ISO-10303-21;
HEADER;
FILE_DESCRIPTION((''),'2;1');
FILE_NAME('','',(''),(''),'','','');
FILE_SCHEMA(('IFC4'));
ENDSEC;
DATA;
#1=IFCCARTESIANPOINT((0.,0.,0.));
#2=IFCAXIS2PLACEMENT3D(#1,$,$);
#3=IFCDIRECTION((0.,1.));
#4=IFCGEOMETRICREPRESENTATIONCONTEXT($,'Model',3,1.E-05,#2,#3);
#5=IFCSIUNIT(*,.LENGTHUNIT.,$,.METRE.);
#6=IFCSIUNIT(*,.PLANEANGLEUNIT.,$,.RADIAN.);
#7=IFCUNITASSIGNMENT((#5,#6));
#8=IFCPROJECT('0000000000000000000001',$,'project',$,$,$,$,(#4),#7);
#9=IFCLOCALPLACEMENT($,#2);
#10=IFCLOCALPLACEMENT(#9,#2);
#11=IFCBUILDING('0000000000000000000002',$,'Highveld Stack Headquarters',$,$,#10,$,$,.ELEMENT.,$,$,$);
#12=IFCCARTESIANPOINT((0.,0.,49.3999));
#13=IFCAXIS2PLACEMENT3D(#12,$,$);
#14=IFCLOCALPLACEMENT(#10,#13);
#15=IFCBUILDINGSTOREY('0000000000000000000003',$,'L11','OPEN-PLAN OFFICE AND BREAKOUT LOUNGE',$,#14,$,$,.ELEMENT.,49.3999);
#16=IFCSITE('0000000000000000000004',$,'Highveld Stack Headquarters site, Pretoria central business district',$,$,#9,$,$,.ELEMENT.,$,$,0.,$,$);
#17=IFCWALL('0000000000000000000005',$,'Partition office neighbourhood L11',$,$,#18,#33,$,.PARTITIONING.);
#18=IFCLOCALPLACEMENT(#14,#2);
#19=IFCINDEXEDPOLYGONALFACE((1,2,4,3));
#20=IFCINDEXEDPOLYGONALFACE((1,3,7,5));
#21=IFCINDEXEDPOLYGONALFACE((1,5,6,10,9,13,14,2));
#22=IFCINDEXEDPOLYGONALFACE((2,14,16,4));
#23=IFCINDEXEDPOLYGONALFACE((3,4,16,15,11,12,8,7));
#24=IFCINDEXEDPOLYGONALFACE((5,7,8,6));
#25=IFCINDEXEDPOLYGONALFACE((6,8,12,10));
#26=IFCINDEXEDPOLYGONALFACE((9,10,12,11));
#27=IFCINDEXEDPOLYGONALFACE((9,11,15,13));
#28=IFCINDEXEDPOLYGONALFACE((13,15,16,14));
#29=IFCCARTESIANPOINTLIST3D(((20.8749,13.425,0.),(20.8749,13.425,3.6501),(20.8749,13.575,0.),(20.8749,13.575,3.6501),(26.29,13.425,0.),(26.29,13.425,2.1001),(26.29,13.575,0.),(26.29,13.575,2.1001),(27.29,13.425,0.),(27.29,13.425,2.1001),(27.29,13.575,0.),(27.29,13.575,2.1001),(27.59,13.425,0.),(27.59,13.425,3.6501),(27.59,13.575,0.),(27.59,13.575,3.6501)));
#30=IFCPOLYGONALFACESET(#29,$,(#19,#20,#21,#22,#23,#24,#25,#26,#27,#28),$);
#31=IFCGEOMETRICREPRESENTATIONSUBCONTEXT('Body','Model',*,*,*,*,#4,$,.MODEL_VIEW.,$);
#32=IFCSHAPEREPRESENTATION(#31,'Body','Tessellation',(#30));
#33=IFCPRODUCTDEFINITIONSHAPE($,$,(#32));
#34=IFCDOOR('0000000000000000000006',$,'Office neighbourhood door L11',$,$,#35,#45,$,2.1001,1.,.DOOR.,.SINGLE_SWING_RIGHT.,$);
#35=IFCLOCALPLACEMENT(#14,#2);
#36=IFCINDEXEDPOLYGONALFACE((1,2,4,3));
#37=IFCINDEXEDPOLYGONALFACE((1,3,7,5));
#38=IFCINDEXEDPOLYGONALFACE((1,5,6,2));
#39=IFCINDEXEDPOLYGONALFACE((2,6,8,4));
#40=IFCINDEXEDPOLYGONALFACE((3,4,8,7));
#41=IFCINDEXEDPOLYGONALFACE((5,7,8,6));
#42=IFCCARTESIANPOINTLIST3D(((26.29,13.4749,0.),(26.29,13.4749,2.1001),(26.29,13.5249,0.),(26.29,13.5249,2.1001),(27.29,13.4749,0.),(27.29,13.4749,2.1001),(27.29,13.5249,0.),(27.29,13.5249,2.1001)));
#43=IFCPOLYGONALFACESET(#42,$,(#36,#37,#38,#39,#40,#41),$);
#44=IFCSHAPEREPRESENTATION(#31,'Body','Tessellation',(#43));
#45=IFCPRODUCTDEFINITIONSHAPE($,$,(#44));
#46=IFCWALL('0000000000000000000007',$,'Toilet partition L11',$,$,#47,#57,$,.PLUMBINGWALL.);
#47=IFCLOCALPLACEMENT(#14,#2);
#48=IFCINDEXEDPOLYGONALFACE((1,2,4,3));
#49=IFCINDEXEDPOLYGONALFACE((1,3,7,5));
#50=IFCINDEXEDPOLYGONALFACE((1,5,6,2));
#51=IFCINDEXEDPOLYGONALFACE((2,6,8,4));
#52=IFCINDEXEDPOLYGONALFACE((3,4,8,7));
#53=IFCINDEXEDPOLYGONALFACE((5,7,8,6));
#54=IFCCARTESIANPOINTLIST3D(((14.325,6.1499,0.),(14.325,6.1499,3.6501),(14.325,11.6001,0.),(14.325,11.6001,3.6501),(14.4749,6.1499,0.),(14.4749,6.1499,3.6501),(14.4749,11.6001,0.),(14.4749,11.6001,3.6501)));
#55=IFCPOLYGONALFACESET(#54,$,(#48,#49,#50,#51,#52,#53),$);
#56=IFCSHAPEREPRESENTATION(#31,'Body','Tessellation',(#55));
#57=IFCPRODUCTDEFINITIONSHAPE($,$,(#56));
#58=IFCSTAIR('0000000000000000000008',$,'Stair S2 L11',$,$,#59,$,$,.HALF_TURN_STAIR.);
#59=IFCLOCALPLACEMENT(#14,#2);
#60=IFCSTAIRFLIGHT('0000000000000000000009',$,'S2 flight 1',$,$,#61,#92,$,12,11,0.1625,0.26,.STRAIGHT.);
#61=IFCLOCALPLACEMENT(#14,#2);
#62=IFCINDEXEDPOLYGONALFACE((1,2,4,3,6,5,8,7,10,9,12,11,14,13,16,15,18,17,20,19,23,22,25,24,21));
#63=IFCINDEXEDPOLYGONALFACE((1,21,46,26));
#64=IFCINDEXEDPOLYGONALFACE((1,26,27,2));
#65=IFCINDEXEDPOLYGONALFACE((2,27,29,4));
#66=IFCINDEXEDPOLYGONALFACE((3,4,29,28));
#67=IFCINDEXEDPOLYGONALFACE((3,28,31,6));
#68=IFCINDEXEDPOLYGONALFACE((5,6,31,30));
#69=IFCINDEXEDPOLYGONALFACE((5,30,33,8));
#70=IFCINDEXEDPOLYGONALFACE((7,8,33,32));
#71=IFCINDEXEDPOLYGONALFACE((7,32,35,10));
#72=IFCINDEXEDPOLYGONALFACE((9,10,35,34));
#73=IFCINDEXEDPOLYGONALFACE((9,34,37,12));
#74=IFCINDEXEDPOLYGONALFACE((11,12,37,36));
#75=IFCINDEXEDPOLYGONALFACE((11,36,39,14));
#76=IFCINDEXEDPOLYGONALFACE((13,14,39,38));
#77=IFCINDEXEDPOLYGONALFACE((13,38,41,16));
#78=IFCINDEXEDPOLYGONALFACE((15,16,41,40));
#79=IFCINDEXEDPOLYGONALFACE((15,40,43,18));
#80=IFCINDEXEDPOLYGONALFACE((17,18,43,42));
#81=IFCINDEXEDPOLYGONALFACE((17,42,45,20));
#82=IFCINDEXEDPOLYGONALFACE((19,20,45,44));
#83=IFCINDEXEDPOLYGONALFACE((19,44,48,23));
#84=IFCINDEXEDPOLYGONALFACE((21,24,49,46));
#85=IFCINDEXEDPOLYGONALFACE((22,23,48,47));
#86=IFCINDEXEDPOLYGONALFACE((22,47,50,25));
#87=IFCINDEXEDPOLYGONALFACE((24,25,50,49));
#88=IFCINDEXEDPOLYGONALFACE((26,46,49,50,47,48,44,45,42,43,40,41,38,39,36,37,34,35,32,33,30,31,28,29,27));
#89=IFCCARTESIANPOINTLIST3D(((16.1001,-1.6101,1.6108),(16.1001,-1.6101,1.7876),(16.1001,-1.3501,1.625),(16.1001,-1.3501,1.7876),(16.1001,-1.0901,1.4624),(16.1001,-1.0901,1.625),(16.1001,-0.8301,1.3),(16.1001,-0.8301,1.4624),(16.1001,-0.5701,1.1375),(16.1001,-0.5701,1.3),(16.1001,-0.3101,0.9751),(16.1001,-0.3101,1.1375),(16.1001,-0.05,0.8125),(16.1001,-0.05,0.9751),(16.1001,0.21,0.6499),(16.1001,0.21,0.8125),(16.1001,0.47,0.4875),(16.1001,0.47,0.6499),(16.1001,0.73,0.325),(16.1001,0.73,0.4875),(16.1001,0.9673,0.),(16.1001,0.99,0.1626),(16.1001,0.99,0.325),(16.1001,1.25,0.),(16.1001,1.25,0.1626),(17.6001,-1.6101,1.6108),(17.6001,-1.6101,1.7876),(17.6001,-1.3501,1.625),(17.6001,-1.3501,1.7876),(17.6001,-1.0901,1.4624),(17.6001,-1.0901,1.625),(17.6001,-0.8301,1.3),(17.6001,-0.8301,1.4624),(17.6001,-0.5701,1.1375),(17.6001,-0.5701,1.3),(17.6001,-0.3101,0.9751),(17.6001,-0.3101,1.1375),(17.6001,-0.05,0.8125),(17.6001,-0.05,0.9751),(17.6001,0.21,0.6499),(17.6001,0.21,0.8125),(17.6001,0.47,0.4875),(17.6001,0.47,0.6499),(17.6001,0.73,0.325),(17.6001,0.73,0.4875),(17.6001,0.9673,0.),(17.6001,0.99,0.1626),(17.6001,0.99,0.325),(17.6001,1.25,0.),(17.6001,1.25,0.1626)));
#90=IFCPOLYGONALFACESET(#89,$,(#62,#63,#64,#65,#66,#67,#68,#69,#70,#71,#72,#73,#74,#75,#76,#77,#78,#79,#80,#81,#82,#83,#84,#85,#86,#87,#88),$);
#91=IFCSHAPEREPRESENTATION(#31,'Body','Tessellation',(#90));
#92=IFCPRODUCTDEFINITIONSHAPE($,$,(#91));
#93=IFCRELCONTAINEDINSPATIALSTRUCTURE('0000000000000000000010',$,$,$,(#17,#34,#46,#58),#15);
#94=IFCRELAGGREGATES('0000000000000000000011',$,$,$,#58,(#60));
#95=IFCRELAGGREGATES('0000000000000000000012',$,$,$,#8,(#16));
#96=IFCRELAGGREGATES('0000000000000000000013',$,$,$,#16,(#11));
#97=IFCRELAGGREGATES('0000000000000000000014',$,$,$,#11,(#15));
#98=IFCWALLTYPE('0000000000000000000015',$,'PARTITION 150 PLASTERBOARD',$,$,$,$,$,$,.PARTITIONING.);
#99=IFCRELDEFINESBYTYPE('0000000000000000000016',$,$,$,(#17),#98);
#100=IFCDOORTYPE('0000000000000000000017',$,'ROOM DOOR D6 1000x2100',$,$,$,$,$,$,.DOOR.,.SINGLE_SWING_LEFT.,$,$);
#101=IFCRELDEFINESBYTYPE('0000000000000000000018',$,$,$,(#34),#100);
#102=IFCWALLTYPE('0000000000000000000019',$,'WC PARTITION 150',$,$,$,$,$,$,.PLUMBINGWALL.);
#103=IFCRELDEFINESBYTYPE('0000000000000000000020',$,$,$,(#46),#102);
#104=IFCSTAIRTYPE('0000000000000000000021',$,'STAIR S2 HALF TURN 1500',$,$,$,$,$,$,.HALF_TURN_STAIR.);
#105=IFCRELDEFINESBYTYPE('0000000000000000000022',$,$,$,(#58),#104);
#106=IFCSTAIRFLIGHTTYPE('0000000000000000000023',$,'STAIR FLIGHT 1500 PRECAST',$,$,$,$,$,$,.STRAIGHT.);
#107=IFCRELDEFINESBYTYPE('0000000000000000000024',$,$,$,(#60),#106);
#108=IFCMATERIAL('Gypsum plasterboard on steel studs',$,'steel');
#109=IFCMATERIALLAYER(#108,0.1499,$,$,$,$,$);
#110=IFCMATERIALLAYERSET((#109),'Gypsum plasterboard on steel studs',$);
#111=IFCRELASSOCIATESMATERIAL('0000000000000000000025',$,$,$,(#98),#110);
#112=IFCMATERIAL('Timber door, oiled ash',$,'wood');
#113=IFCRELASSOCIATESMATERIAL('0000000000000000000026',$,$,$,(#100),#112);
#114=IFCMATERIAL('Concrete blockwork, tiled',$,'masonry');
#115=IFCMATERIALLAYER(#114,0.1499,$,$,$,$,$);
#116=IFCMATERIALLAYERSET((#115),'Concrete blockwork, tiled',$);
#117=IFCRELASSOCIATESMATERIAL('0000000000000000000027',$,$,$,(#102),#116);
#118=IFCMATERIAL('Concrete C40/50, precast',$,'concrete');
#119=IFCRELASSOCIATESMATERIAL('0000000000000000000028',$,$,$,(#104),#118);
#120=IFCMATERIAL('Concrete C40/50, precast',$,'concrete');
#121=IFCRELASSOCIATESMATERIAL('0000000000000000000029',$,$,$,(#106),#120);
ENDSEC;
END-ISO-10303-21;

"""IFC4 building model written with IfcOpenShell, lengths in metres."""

from ifc_helpers import new_model, si_unit, direction, frame, frame_2d, origin, place, context, subcontext, project, spatial, polyline, rectangle, outline, extrude, material, layer, layer_set, type_object, element, fill, aggregate, save


model = new_model("IFC4")

# Units and contexts
model_context = context("Model", 3, precision=1e-05, world=origin(), true_north=direction((0.0, 1.0)))
body_context = subcontext(model_context, "Body", "Model", "MODEL_VIEW")
ifc_project = project(units=[si_unit("LENGTHUNIT", "METRE"), si_unit("PLANEANGLEUNIT", "RADIAN")], contexts=[model_context])

# Site, building, storey
site_placement = place(None, origin())
site = spatial("IfcSite", under=ifc_project, at=site_placement, Name="Highveld Stack Headquarters site, Pretoria central business district", CompositionType="ELEMENT", RefElevation=0.0)
building_placement = place(site_placement, origin())
building = spatial("IfcBuilding", under=site, at=building_placement, Name="Highveld Stack Headquarters", CompositionType="ELEMENT")
storey_placement = place(building_placement, frame((0.0, 0.0, 49.3999)))
storey = spatial("IfcBuildingStorey", under=building, at=storey_placement, Name="L11", Description="OPEN-PLAN OFFICE AND BREAKOUT LOUNGE", CompositionType="ELEMENT", Elevation=49.3999)

# Shared definitions
ifc_material_1 = material(Name="Gypsum plasterboard on steel studs", Category="steel")
ifc_layer_1 = layer(ifc_material_1, 0.1499)
ifc_layer_set_1 = layer_set([ifc_layer_1], Name="Gypsum plasterboard on steel studs")
wall_type_1 = type_object("IfcWallType", Name="PARTITION 150 PLASTERBOARD", PredefinedType="PARTITIONING", material=ifc_layer_set_1)

# Shared definitions
ifc_material_2 = material(Name="Timber door, oiled ash", Category="wood")
door_type_1 = type_object("IfcDoorType", Name="ROOM DOOR D6 1000x2100", OperationType="SINGLE_SWING_LEFT", PredefinedType="DOOR", material=ifc_material_2)

# Wall, opening, door
wall_1_placement = place(storey_placement, frame((20.875, 13.5, 0.0), z_axis=(0.0, 0.0, 1.0), x_axis=(1.0, 0.0, 0.0)))
wall_1 = element("IfcWall", 1, at=wall_1_placement, inside=storey, type_object=wall_type_1, Name="Partition office neighbourhood L11", PredefinedType="PARTITIONING", context=body_context, shape_type="SweptSolid", body=[
    extrude(rectangle(XDim=6.7151, YDim=0.1499, at=frame_2d((3.3574, 0.0))), origin(), (0.0, 0.0, 1.0), 3.6501),
])
opening_1_placement = place(wall_1_placement, frame((5.415, 0.0, 0.0)))
opening_1 = element("IfcOpeningElement", 2, at=opening_1_placement, cuts=wall_1, PredefinedType="OPENING", context=body_context, shape_type="SweptSolid", body=[
    extrude(rectangle(XDim=1.0, YDim=2.1001, at=frame_2d((0.5, 1.05))), frame((0.0, 0.085, 0.0), z_axis=(0.0, -1.0, 0.0), x_axis=(1.0, 0.0, 0.0)), (0.0, 0.0, 1.0), 0.1699),
])
door_1_placement = place(opening_1_placement, origin())
door_1 = element("IfcDoor", 3, at=door_1_placement, inside=storey, type_object=door_type_1, Name="Office neighbourhood door L11", OperationType="SINGLE_SWING_RIGHT", OverallHeight=2.1001, OverallWidth=1.0, PredefinedType="DOOR", context=body_context, shape_type="SweptSolid", body=[
    extrude(rectangle(XDim=1.0, YDim=2.1001, at=frame_2d((0.5, 1.05))), frame((0.0, 0.0249, 0.0), z_axis=(0.0, -1.0, 0.0), x_axis=(1.0, 0.0, 0.0)), (0.0, 0.0, 1.0), 0.05),
])
fill(opening_1, door_1)

# Wall
ifc_material_3 = material(Name="Concrete blockwork, tiled", Category="masonry")
ifc_layer_2 = layer(ifc_material_3, 0.1499)
ifc_layer_set_2 = layer_set([ifc_layer_2], Name="Concrete blockwork, tiled")
wall_type_2 = type_object("IfcWallType", Name="WC PARTITION 150", PredefinedType="PLUMBINGWALL", material=ifc_layer_set_2)
wall_2_placement = place(storey_placement, frame((14.3999, 6.1499, 0.0), z_axis=(0.0, 0.0, 1.0), x_axis=(0.0, 1.0, 0.0)))
element("IfcWall", 4, at=wall_2_placement, inside=storey, type_object=wall_type_2, Name="Toilet partition L11", PredefinedType="PLUMBINGWALL", context=body_context, shape_type="SweptSolid", body=[
    extrude(rectangle(XDim=5.4502, YDim=0.1499, at=frame_2d((2.7251, 0.0))), origin(), (0.0, 0.0, 1.0), 3.6501),
])

# Stair, stair flight
ifc_material_4 = material(Name="Concrete C40/50, precast", Category="concrete")
stair_type = type_object("IfcStairType", Name="STAIR S2 HALF TURN 1500", PredefinedType="HALF_TURN_STAIR", material=ifc_material_4)
stair_placement = place(storey_placement, origin())
stair = element("IfcStair", 5, at=stair_placement, inside=storey, type_object=stair_type, Name="Stair S2 L11", PredefinedType="HALF_TURN_STAIR")
ifc_material_5 = material(Name="Concrete C40/50, precast", Category="concrete")
stair_flight_type = type_object("IfcStairFlightType", Name="STAIR FLIGHT 1500 PRECAST", PredefinedType="STRAIGHT", material=ifc_material_5)
stair_flight_placement = place(storey_placement, frame((16.8501, 1.25, 0.0), z_axis=(0.0, 0.0, 1.0), x_axis=(0.0, -1.0, 0.0)))
stair_flight = element("IfcStairFlight", 6, at=stair_flight_placement, type_object=stair_flight_type, Name="S2 flight 1", NumberOfRisers=12, NumberOfTreads=11, PredefinedType="STRAIGHT", RiserHeight=0.1625, TreadLength=0.26, context=body_context, shape_type="SweptSolid", body=[
    extrude(outline(polyline([(0.0, 0.0), (0.0, 0.1626), (0.26, 0.1626), (0.26, 0.325), (0.52, 0.325), (0.52, 0.4875), (0.78, 0.4875), (0.78, 0.6499), (1.04, 0.6499), (1.04, 0.8125), (1.3, 0.8125), (1.3, 0.9751), (1.5601, 0.9751), (1.5601, 1.1375), (1.8201, 1.1375), (1.8201, 1.3), (2.0801, 1.3), (2.0801, 1.4624), (2.3401, 1.4624), (2.3401, 1.625), (2.6001, 1.625), (2.6001, 1.7876), (2.8601, 1.7876), (2.8601, 1.95), (2.8601, 1.6108), (0.2827, 0.0), (0.0, 0.0)])), frame((0.0, 0.75, 0.0), z_axis=(0.0, -1.0, 0.0), x_axis=(1.0, 0.0, 0.0)), (0.0, 0.0, 1.0), 1.5),
])
aggregate(stair, [stair_flight])

save(model, "model.ifc")
